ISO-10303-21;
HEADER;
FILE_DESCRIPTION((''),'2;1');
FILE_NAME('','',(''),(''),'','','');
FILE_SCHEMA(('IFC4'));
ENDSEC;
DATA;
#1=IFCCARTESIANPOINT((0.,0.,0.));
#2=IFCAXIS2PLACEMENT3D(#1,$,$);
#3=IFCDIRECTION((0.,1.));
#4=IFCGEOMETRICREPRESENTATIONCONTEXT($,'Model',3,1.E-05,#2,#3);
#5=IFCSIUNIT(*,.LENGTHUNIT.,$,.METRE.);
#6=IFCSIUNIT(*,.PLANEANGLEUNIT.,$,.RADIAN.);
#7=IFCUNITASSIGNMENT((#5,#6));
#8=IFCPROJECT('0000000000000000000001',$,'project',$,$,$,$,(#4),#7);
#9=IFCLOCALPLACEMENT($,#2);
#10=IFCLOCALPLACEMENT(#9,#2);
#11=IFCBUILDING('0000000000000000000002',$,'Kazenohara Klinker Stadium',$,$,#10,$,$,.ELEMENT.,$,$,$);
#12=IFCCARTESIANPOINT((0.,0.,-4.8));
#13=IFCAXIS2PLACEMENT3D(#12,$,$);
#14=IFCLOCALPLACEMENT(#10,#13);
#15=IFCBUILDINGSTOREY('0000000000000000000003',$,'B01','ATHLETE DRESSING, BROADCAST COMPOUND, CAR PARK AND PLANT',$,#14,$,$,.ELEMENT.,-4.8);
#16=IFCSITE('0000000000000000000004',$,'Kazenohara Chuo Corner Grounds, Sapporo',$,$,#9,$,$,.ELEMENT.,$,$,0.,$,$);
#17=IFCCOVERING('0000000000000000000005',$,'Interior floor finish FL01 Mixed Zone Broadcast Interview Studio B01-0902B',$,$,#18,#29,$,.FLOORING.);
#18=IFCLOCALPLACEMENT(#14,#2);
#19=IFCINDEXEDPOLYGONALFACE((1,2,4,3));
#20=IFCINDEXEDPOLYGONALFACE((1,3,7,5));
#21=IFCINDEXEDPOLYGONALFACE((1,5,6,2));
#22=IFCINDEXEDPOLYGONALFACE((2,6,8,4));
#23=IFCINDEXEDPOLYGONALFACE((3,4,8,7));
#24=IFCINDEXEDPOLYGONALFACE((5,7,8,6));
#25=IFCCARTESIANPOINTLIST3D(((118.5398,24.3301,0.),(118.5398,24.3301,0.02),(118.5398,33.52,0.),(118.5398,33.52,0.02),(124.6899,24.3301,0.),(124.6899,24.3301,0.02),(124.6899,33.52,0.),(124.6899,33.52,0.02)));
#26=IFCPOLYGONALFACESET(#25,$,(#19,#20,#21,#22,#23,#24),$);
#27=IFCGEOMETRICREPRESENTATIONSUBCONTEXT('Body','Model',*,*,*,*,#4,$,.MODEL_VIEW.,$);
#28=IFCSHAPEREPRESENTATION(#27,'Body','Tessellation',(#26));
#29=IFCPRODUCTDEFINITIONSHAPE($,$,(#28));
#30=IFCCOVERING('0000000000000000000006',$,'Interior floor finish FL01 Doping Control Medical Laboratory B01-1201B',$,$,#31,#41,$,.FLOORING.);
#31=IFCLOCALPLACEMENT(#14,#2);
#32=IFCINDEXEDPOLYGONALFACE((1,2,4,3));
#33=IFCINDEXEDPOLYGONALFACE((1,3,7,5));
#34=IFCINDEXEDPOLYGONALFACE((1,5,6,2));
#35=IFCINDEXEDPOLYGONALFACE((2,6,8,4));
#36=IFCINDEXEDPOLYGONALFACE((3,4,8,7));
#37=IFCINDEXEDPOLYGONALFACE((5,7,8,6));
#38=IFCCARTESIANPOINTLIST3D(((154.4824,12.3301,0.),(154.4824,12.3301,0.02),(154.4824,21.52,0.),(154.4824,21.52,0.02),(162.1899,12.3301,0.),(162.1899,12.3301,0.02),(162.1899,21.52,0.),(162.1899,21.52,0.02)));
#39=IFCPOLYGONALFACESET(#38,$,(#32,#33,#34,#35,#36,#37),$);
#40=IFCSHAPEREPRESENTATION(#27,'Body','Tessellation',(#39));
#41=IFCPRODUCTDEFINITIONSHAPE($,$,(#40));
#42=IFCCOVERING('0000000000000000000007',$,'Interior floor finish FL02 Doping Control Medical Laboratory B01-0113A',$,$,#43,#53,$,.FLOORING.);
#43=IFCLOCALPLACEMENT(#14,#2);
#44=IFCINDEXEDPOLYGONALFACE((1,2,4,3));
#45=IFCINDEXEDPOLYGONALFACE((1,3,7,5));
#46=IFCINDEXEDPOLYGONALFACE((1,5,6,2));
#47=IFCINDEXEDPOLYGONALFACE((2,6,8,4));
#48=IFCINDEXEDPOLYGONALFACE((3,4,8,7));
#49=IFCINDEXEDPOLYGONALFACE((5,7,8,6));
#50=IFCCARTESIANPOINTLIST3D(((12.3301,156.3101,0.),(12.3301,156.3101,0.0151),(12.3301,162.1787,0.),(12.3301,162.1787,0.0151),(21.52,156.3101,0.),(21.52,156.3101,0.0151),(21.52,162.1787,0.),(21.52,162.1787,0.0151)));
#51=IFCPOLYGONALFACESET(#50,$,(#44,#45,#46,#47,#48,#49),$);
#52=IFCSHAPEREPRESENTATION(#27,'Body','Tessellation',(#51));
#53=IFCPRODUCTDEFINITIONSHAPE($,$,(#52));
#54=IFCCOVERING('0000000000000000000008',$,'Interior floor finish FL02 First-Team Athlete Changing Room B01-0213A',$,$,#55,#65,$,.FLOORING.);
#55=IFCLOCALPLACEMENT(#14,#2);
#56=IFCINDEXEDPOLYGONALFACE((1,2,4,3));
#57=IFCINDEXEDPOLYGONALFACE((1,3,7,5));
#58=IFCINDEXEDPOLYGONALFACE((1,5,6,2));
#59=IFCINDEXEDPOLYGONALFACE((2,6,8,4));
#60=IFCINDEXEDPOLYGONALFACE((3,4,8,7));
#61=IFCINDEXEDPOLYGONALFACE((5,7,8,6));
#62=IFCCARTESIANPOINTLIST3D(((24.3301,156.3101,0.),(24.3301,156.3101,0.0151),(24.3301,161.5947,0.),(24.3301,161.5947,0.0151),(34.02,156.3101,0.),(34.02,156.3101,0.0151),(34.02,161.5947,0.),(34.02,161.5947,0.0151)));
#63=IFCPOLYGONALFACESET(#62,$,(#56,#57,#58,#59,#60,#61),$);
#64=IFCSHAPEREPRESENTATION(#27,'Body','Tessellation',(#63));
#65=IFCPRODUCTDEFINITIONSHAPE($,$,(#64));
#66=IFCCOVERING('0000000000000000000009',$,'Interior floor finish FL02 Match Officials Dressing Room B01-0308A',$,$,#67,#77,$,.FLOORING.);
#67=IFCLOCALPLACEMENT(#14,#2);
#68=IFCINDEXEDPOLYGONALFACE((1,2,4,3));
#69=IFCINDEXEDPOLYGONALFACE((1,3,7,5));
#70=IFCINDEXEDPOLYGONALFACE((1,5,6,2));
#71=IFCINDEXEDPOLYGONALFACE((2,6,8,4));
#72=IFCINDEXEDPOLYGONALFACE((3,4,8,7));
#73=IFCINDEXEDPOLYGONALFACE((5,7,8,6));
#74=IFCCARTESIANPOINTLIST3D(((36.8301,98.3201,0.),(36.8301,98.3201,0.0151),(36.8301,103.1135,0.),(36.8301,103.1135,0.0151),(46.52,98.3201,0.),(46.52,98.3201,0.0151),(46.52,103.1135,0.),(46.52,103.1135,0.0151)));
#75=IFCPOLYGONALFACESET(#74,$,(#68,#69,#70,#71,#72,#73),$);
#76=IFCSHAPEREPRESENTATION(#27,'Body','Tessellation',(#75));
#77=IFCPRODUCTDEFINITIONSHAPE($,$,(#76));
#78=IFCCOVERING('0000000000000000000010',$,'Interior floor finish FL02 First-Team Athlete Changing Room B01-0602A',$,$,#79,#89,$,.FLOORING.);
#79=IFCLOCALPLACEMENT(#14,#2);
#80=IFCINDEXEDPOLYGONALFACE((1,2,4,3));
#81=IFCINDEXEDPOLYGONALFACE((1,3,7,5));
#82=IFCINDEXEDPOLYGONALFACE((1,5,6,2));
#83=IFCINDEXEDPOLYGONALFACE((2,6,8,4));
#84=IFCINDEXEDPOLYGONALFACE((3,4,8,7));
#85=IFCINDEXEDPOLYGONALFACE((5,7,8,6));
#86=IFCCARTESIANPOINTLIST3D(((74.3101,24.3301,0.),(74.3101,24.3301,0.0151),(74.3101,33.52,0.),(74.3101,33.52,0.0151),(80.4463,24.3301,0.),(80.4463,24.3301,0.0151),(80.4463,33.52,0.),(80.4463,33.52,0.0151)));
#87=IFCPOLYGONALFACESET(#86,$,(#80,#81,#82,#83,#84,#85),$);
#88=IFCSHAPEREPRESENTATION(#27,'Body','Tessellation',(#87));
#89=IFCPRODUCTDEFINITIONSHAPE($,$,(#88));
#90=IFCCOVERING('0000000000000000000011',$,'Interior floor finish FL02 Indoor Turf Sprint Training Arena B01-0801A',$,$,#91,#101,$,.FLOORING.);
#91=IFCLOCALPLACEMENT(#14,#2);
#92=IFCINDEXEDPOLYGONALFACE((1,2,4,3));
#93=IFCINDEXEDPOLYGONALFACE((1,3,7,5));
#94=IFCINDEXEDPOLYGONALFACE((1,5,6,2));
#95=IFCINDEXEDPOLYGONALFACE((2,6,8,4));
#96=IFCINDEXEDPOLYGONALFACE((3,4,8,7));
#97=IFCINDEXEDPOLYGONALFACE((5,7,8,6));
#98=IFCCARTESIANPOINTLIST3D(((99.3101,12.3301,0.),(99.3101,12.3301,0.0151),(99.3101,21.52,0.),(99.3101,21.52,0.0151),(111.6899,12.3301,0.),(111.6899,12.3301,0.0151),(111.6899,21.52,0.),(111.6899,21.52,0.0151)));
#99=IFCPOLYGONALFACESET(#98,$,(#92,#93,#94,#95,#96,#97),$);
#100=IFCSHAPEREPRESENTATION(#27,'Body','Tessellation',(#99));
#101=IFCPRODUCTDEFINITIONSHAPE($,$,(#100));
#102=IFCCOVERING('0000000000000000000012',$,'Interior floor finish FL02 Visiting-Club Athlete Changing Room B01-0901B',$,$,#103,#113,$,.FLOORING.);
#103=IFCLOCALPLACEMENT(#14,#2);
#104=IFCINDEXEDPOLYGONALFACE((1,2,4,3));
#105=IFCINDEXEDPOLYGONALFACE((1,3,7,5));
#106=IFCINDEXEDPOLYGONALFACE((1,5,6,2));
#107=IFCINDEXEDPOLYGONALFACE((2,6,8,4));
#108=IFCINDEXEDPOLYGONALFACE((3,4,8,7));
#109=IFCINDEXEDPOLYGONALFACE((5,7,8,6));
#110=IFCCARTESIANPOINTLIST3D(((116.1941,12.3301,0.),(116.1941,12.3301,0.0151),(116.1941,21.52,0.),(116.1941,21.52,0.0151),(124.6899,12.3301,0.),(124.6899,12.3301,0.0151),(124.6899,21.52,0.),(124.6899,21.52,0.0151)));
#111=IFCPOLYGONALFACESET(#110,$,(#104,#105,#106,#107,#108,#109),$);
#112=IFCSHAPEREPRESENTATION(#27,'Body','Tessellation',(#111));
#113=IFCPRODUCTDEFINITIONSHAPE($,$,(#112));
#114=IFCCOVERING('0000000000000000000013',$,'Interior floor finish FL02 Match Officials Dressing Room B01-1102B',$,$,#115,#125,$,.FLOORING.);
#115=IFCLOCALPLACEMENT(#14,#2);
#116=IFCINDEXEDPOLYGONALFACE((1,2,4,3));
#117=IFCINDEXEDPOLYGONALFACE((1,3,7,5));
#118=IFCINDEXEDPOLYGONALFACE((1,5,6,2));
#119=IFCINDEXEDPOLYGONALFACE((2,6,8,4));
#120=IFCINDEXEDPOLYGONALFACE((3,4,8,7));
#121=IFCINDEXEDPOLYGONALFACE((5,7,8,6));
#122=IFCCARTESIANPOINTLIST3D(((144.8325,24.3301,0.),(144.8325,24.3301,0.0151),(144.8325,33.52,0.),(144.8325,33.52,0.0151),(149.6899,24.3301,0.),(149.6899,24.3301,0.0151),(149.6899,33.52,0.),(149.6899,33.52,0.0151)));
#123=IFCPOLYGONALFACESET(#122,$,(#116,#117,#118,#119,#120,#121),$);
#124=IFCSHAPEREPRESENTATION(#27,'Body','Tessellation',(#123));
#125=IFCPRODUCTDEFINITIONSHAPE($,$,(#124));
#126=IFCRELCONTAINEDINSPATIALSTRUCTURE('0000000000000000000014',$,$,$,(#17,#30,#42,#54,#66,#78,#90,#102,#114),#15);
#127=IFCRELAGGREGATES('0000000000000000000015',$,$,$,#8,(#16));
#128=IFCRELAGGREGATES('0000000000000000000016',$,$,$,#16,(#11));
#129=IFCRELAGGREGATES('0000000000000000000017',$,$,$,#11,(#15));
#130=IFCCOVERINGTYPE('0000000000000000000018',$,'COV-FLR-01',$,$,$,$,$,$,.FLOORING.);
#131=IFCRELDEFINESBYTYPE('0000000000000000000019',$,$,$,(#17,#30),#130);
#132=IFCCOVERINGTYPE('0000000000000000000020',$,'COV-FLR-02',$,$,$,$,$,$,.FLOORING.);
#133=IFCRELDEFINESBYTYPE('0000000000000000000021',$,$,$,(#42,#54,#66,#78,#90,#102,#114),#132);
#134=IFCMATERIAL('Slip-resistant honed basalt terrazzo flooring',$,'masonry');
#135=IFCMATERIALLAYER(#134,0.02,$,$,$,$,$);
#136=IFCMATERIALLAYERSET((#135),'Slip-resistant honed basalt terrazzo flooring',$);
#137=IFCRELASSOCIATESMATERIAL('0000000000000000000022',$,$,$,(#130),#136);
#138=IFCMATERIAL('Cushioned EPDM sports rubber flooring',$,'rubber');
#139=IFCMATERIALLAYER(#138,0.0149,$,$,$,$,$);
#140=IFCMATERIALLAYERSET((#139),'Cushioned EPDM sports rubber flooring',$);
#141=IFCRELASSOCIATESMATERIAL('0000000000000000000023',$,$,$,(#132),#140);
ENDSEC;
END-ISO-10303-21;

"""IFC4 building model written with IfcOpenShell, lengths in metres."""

from ifc_helpers import new_model, si_unit, direction, frame, origin, place, context, subcontext, project, spatial, polyline, outline, extrude, material, layer, layer_set, type_object, element, save


model = new_model("IFC4")

# Units and contexts
model_context = context("Model", 3, precision=1e-05, world=origin(), true_north=direction((0.0, 1.0)))
body_context = subcontext(model_context, "Body", "Model", "MODEL_VIEW")
ifc_project = project(units=[si_unit("LENGTHUNIT", "METRE"), si_unit("PLANEANGLEUNIT", "RADIAN")], contexts=[model_context])

# Site, building, storey
site_placement = place(None, origin())
site = spatial("IfcSite", under=ifc_project, at=site_placement, Name="Kazenohara Chuo Corner Grounds, Sapporo", CompositionType="ELEMENT", RefElevation=0.0)
building_placement = place(site_placement, origin())
building = spatial("IfcBuilding", under=site, at=building_placement, Name="Kazenohara Klinker Stadium", CompositionType="ELEMENT")
storey_placement = place(building_placement, frame((0.0, 0.0, -4.8)))
storey = spatial("IfcBuildingStorey", under=building, at=storey_placement, Name="B01", Description="ATHLETE DRESSING, BROADCAST COMPOUND, CAR PARK AND PLANT", CompositionType="ELEMENT", Elevation=-4.8)

# Coverings
ifc_material_1 = material(Name="Slip-resistant honed basalt terrazzo flooring", Category="masonry")
ifc_layer_1 = layer(ifc_material_1, 0.02)
ifc_layer_set_1 = layer_set([ifc_layer_1], Name="Slip-resistant honed basalt terrazzo flooring")
covering_type_1 = type_object("IfcCoveringType", Name="COV-FLR-01", PredefinedType="FLOORING", material=ifc_layer_set_1)
covering_1_placement = place(storey_placement, origin())
element("IfcCovering", 1, at=covering_1_placement, inside=storey, type_object=covering_type_1, Name="Interior floor finish FL01 Mixed Zone Broadcast Interview Studio B01-0902B", PredefinedType="FLOORING", context=body_context, shape_type="SweptSolid", body=[
    extrude(outline(polyline([(118.5398, 24.3301), (124.6899, 24.3301), (124.6899, 33.52), (118.5398, 33.52), (118.5398, 24.3301)])), origin(), (0.0, 0.0, 1.0), 0.02),
])
covering_2_placement = place(storey_placement, origin())
element("IfcCovering", 2, at=covering_2_placement, inside=storey, type_object=covering_type_1, Name="Interior floor finish FL01 Doping Control Medical Laboratory B01-1201B", PredefinedType="FLOORING", context=body_context, shape_type="SweptSolid", body=[
    extrude(outline(polyline([(154.4824, 12.3301), (162.1899, 12.3301), (162.1899, 21.52), (154.4824, 21.52), (154.4824, 12.3301)])), origin(), (0.0, 0.0, 1.0), 0.02),
])
ifc_material_2 = material(Name="Cushioned EPDM sports rubber flooring", Category="rubber")
ifc_layer_2 = layer(ifc_material_2, 0.0149)
ifc_layer_set_2 = layer_set([ifc_layer_2], Name="Cushioned EPDM sports rubber flooring")
covering_type_2 = type_object("IfcCoveringType", Name="COV-FLR-02", PredefinedType="FLOORING", material=ifc_layer_set_2)
covering_3_placement = place(storey_placement, origin())
element("IfcCovering", 3, at=covering_3_placement, inside=storey, type_object=covering_type_2, Name="Interior floor finish FL02 Doping Control Medical Laboratory B01-0113A", PredefinedType="FLOORING", context=body_context, shape_type="SweptSolid", body=[
    extrude(outline(polyline([(12.3301, 156.3101), (21.52, 156.3101), (21.52, 162.1787), (12.3301, 162.1787), (12.3301, 156.3101)])), origin(), (0.0, 0.0, 1.0), 0.0151),
])
covering_4_placement = place(storey_placement, origin())
element("IfcCovering", 4, at=covering_4_placement, inside=storey, type_object=covering_type_2, Name="Interior floor finish FL02 First-Team Athlete Changing Room B01-0213A", PredefinedType="FLOORING", context=body_context, shape_type="SweptSolid", body=[
    extrude(outline(polyline([(24.3301, 156.3101), (34.02, 156.3101), (34.02, 161.5947), (24.3301, 161.5947), (24.3301, 156.3101)])), origin(), (0.0, 0.0, 1.0), 0.0151),
])
covering_5_placement = place(storey_placement, origin())
element("IfcCovering", 5, at=covering_5_placement, inside=storey, type_object=covering_type_2, Name="Interior floor finish FL02 Match Officials Dressing Room B01-0308A", PredefinedType="FLOORING", context=body_context, shape_type="SweptSolid", body=[
    extrude(outline(polyline([(36.8301, 98.3201), (46.52, 98.3201), (46.52, 103.1135), (36.8301, 103.1135), (36.8301, 98.3201)])), origin(), (0.0, 0.0, 1.0), 0.0151),
])
covering_6_placement = place(storey_placement, origin())
element("IfcCovering", 6, at=covering_6_placement, inside=storey, type_object=covering_type_2, Name="Interior floor finish FL02 First-Team Athlete Changing Room B01-0602A", PredefinedType="FLOORING", context=body_context, shape_type="SweptSolid", body=[
    extrude(outline(polyline([(74.3101, 24.3301), (80.4463, 24.3301), (80.4463, 33.52), (74.3101, 33.52), (74.3101, 24.3301)])), origin(), (0.0, 0.0, 1.0), 0.0151),
])
covering_7_placement = place(storey_placement, origin())
element("IfcCovering", 7, at=covering_7_placement, inside=storey, type_object=covering_type_2, Name="Interior floor finish FL02 Indoor Turf Sprint Training Arena B01-0801A", PredefinedType="FLOORING", context=body_context, shape_type="SweptSolid", body=[
    extrude(outline(polyline([(99.3101, 12.3301), (111.6899, 12.3301), (111.6899, 21.52), (99.3101, 21.52), (99.3101, 12.3301)])), origin(), (0.0, 0.0, 1.0), 0.0151),
])
covering_8_placement = place(storey_placement, origin())
element("IfcCovering", 8, at=covering_8_placement, inside=storey, type_object=covering_type_2, Name="Interior floor finish FL02 Visiting-Club Athlete Changing Room B01-0901B", PredefinedType="FLOORING", context=body_context, shape_type="SweptSolid", body=[
    extrude(outline(polyline([(116.1941, 12.3301), (124.6899, 12.3301), (124.6899, 21.52), (116.1941, 21.52), (116.1941, 12.3301)])), origin(), (0.0, 0.0, 1.0), 0.0151),
])
covering_9_placement = place(storey_placement, origin())
element("IfcCovering", 9, at=covering_9_placement, inside=storey, type_object=covering_type_2, Name="Interior floor finish FL02 Match Officials Dressing Room B01-1102B", PredefinedType="FLOORING", context=body_context, shape_type="SweptSolid", body=[
    extrude(outline(polyline([(144.8325, 24.3301), (149.6899, 24.3301), (149.6899, 33.52), (144.8325, 33.52), (144.8325, 24.3301)])), origin(), (0.0, 0.0, 1.0), 0.0151),
])

save(model, "model.ifc")
